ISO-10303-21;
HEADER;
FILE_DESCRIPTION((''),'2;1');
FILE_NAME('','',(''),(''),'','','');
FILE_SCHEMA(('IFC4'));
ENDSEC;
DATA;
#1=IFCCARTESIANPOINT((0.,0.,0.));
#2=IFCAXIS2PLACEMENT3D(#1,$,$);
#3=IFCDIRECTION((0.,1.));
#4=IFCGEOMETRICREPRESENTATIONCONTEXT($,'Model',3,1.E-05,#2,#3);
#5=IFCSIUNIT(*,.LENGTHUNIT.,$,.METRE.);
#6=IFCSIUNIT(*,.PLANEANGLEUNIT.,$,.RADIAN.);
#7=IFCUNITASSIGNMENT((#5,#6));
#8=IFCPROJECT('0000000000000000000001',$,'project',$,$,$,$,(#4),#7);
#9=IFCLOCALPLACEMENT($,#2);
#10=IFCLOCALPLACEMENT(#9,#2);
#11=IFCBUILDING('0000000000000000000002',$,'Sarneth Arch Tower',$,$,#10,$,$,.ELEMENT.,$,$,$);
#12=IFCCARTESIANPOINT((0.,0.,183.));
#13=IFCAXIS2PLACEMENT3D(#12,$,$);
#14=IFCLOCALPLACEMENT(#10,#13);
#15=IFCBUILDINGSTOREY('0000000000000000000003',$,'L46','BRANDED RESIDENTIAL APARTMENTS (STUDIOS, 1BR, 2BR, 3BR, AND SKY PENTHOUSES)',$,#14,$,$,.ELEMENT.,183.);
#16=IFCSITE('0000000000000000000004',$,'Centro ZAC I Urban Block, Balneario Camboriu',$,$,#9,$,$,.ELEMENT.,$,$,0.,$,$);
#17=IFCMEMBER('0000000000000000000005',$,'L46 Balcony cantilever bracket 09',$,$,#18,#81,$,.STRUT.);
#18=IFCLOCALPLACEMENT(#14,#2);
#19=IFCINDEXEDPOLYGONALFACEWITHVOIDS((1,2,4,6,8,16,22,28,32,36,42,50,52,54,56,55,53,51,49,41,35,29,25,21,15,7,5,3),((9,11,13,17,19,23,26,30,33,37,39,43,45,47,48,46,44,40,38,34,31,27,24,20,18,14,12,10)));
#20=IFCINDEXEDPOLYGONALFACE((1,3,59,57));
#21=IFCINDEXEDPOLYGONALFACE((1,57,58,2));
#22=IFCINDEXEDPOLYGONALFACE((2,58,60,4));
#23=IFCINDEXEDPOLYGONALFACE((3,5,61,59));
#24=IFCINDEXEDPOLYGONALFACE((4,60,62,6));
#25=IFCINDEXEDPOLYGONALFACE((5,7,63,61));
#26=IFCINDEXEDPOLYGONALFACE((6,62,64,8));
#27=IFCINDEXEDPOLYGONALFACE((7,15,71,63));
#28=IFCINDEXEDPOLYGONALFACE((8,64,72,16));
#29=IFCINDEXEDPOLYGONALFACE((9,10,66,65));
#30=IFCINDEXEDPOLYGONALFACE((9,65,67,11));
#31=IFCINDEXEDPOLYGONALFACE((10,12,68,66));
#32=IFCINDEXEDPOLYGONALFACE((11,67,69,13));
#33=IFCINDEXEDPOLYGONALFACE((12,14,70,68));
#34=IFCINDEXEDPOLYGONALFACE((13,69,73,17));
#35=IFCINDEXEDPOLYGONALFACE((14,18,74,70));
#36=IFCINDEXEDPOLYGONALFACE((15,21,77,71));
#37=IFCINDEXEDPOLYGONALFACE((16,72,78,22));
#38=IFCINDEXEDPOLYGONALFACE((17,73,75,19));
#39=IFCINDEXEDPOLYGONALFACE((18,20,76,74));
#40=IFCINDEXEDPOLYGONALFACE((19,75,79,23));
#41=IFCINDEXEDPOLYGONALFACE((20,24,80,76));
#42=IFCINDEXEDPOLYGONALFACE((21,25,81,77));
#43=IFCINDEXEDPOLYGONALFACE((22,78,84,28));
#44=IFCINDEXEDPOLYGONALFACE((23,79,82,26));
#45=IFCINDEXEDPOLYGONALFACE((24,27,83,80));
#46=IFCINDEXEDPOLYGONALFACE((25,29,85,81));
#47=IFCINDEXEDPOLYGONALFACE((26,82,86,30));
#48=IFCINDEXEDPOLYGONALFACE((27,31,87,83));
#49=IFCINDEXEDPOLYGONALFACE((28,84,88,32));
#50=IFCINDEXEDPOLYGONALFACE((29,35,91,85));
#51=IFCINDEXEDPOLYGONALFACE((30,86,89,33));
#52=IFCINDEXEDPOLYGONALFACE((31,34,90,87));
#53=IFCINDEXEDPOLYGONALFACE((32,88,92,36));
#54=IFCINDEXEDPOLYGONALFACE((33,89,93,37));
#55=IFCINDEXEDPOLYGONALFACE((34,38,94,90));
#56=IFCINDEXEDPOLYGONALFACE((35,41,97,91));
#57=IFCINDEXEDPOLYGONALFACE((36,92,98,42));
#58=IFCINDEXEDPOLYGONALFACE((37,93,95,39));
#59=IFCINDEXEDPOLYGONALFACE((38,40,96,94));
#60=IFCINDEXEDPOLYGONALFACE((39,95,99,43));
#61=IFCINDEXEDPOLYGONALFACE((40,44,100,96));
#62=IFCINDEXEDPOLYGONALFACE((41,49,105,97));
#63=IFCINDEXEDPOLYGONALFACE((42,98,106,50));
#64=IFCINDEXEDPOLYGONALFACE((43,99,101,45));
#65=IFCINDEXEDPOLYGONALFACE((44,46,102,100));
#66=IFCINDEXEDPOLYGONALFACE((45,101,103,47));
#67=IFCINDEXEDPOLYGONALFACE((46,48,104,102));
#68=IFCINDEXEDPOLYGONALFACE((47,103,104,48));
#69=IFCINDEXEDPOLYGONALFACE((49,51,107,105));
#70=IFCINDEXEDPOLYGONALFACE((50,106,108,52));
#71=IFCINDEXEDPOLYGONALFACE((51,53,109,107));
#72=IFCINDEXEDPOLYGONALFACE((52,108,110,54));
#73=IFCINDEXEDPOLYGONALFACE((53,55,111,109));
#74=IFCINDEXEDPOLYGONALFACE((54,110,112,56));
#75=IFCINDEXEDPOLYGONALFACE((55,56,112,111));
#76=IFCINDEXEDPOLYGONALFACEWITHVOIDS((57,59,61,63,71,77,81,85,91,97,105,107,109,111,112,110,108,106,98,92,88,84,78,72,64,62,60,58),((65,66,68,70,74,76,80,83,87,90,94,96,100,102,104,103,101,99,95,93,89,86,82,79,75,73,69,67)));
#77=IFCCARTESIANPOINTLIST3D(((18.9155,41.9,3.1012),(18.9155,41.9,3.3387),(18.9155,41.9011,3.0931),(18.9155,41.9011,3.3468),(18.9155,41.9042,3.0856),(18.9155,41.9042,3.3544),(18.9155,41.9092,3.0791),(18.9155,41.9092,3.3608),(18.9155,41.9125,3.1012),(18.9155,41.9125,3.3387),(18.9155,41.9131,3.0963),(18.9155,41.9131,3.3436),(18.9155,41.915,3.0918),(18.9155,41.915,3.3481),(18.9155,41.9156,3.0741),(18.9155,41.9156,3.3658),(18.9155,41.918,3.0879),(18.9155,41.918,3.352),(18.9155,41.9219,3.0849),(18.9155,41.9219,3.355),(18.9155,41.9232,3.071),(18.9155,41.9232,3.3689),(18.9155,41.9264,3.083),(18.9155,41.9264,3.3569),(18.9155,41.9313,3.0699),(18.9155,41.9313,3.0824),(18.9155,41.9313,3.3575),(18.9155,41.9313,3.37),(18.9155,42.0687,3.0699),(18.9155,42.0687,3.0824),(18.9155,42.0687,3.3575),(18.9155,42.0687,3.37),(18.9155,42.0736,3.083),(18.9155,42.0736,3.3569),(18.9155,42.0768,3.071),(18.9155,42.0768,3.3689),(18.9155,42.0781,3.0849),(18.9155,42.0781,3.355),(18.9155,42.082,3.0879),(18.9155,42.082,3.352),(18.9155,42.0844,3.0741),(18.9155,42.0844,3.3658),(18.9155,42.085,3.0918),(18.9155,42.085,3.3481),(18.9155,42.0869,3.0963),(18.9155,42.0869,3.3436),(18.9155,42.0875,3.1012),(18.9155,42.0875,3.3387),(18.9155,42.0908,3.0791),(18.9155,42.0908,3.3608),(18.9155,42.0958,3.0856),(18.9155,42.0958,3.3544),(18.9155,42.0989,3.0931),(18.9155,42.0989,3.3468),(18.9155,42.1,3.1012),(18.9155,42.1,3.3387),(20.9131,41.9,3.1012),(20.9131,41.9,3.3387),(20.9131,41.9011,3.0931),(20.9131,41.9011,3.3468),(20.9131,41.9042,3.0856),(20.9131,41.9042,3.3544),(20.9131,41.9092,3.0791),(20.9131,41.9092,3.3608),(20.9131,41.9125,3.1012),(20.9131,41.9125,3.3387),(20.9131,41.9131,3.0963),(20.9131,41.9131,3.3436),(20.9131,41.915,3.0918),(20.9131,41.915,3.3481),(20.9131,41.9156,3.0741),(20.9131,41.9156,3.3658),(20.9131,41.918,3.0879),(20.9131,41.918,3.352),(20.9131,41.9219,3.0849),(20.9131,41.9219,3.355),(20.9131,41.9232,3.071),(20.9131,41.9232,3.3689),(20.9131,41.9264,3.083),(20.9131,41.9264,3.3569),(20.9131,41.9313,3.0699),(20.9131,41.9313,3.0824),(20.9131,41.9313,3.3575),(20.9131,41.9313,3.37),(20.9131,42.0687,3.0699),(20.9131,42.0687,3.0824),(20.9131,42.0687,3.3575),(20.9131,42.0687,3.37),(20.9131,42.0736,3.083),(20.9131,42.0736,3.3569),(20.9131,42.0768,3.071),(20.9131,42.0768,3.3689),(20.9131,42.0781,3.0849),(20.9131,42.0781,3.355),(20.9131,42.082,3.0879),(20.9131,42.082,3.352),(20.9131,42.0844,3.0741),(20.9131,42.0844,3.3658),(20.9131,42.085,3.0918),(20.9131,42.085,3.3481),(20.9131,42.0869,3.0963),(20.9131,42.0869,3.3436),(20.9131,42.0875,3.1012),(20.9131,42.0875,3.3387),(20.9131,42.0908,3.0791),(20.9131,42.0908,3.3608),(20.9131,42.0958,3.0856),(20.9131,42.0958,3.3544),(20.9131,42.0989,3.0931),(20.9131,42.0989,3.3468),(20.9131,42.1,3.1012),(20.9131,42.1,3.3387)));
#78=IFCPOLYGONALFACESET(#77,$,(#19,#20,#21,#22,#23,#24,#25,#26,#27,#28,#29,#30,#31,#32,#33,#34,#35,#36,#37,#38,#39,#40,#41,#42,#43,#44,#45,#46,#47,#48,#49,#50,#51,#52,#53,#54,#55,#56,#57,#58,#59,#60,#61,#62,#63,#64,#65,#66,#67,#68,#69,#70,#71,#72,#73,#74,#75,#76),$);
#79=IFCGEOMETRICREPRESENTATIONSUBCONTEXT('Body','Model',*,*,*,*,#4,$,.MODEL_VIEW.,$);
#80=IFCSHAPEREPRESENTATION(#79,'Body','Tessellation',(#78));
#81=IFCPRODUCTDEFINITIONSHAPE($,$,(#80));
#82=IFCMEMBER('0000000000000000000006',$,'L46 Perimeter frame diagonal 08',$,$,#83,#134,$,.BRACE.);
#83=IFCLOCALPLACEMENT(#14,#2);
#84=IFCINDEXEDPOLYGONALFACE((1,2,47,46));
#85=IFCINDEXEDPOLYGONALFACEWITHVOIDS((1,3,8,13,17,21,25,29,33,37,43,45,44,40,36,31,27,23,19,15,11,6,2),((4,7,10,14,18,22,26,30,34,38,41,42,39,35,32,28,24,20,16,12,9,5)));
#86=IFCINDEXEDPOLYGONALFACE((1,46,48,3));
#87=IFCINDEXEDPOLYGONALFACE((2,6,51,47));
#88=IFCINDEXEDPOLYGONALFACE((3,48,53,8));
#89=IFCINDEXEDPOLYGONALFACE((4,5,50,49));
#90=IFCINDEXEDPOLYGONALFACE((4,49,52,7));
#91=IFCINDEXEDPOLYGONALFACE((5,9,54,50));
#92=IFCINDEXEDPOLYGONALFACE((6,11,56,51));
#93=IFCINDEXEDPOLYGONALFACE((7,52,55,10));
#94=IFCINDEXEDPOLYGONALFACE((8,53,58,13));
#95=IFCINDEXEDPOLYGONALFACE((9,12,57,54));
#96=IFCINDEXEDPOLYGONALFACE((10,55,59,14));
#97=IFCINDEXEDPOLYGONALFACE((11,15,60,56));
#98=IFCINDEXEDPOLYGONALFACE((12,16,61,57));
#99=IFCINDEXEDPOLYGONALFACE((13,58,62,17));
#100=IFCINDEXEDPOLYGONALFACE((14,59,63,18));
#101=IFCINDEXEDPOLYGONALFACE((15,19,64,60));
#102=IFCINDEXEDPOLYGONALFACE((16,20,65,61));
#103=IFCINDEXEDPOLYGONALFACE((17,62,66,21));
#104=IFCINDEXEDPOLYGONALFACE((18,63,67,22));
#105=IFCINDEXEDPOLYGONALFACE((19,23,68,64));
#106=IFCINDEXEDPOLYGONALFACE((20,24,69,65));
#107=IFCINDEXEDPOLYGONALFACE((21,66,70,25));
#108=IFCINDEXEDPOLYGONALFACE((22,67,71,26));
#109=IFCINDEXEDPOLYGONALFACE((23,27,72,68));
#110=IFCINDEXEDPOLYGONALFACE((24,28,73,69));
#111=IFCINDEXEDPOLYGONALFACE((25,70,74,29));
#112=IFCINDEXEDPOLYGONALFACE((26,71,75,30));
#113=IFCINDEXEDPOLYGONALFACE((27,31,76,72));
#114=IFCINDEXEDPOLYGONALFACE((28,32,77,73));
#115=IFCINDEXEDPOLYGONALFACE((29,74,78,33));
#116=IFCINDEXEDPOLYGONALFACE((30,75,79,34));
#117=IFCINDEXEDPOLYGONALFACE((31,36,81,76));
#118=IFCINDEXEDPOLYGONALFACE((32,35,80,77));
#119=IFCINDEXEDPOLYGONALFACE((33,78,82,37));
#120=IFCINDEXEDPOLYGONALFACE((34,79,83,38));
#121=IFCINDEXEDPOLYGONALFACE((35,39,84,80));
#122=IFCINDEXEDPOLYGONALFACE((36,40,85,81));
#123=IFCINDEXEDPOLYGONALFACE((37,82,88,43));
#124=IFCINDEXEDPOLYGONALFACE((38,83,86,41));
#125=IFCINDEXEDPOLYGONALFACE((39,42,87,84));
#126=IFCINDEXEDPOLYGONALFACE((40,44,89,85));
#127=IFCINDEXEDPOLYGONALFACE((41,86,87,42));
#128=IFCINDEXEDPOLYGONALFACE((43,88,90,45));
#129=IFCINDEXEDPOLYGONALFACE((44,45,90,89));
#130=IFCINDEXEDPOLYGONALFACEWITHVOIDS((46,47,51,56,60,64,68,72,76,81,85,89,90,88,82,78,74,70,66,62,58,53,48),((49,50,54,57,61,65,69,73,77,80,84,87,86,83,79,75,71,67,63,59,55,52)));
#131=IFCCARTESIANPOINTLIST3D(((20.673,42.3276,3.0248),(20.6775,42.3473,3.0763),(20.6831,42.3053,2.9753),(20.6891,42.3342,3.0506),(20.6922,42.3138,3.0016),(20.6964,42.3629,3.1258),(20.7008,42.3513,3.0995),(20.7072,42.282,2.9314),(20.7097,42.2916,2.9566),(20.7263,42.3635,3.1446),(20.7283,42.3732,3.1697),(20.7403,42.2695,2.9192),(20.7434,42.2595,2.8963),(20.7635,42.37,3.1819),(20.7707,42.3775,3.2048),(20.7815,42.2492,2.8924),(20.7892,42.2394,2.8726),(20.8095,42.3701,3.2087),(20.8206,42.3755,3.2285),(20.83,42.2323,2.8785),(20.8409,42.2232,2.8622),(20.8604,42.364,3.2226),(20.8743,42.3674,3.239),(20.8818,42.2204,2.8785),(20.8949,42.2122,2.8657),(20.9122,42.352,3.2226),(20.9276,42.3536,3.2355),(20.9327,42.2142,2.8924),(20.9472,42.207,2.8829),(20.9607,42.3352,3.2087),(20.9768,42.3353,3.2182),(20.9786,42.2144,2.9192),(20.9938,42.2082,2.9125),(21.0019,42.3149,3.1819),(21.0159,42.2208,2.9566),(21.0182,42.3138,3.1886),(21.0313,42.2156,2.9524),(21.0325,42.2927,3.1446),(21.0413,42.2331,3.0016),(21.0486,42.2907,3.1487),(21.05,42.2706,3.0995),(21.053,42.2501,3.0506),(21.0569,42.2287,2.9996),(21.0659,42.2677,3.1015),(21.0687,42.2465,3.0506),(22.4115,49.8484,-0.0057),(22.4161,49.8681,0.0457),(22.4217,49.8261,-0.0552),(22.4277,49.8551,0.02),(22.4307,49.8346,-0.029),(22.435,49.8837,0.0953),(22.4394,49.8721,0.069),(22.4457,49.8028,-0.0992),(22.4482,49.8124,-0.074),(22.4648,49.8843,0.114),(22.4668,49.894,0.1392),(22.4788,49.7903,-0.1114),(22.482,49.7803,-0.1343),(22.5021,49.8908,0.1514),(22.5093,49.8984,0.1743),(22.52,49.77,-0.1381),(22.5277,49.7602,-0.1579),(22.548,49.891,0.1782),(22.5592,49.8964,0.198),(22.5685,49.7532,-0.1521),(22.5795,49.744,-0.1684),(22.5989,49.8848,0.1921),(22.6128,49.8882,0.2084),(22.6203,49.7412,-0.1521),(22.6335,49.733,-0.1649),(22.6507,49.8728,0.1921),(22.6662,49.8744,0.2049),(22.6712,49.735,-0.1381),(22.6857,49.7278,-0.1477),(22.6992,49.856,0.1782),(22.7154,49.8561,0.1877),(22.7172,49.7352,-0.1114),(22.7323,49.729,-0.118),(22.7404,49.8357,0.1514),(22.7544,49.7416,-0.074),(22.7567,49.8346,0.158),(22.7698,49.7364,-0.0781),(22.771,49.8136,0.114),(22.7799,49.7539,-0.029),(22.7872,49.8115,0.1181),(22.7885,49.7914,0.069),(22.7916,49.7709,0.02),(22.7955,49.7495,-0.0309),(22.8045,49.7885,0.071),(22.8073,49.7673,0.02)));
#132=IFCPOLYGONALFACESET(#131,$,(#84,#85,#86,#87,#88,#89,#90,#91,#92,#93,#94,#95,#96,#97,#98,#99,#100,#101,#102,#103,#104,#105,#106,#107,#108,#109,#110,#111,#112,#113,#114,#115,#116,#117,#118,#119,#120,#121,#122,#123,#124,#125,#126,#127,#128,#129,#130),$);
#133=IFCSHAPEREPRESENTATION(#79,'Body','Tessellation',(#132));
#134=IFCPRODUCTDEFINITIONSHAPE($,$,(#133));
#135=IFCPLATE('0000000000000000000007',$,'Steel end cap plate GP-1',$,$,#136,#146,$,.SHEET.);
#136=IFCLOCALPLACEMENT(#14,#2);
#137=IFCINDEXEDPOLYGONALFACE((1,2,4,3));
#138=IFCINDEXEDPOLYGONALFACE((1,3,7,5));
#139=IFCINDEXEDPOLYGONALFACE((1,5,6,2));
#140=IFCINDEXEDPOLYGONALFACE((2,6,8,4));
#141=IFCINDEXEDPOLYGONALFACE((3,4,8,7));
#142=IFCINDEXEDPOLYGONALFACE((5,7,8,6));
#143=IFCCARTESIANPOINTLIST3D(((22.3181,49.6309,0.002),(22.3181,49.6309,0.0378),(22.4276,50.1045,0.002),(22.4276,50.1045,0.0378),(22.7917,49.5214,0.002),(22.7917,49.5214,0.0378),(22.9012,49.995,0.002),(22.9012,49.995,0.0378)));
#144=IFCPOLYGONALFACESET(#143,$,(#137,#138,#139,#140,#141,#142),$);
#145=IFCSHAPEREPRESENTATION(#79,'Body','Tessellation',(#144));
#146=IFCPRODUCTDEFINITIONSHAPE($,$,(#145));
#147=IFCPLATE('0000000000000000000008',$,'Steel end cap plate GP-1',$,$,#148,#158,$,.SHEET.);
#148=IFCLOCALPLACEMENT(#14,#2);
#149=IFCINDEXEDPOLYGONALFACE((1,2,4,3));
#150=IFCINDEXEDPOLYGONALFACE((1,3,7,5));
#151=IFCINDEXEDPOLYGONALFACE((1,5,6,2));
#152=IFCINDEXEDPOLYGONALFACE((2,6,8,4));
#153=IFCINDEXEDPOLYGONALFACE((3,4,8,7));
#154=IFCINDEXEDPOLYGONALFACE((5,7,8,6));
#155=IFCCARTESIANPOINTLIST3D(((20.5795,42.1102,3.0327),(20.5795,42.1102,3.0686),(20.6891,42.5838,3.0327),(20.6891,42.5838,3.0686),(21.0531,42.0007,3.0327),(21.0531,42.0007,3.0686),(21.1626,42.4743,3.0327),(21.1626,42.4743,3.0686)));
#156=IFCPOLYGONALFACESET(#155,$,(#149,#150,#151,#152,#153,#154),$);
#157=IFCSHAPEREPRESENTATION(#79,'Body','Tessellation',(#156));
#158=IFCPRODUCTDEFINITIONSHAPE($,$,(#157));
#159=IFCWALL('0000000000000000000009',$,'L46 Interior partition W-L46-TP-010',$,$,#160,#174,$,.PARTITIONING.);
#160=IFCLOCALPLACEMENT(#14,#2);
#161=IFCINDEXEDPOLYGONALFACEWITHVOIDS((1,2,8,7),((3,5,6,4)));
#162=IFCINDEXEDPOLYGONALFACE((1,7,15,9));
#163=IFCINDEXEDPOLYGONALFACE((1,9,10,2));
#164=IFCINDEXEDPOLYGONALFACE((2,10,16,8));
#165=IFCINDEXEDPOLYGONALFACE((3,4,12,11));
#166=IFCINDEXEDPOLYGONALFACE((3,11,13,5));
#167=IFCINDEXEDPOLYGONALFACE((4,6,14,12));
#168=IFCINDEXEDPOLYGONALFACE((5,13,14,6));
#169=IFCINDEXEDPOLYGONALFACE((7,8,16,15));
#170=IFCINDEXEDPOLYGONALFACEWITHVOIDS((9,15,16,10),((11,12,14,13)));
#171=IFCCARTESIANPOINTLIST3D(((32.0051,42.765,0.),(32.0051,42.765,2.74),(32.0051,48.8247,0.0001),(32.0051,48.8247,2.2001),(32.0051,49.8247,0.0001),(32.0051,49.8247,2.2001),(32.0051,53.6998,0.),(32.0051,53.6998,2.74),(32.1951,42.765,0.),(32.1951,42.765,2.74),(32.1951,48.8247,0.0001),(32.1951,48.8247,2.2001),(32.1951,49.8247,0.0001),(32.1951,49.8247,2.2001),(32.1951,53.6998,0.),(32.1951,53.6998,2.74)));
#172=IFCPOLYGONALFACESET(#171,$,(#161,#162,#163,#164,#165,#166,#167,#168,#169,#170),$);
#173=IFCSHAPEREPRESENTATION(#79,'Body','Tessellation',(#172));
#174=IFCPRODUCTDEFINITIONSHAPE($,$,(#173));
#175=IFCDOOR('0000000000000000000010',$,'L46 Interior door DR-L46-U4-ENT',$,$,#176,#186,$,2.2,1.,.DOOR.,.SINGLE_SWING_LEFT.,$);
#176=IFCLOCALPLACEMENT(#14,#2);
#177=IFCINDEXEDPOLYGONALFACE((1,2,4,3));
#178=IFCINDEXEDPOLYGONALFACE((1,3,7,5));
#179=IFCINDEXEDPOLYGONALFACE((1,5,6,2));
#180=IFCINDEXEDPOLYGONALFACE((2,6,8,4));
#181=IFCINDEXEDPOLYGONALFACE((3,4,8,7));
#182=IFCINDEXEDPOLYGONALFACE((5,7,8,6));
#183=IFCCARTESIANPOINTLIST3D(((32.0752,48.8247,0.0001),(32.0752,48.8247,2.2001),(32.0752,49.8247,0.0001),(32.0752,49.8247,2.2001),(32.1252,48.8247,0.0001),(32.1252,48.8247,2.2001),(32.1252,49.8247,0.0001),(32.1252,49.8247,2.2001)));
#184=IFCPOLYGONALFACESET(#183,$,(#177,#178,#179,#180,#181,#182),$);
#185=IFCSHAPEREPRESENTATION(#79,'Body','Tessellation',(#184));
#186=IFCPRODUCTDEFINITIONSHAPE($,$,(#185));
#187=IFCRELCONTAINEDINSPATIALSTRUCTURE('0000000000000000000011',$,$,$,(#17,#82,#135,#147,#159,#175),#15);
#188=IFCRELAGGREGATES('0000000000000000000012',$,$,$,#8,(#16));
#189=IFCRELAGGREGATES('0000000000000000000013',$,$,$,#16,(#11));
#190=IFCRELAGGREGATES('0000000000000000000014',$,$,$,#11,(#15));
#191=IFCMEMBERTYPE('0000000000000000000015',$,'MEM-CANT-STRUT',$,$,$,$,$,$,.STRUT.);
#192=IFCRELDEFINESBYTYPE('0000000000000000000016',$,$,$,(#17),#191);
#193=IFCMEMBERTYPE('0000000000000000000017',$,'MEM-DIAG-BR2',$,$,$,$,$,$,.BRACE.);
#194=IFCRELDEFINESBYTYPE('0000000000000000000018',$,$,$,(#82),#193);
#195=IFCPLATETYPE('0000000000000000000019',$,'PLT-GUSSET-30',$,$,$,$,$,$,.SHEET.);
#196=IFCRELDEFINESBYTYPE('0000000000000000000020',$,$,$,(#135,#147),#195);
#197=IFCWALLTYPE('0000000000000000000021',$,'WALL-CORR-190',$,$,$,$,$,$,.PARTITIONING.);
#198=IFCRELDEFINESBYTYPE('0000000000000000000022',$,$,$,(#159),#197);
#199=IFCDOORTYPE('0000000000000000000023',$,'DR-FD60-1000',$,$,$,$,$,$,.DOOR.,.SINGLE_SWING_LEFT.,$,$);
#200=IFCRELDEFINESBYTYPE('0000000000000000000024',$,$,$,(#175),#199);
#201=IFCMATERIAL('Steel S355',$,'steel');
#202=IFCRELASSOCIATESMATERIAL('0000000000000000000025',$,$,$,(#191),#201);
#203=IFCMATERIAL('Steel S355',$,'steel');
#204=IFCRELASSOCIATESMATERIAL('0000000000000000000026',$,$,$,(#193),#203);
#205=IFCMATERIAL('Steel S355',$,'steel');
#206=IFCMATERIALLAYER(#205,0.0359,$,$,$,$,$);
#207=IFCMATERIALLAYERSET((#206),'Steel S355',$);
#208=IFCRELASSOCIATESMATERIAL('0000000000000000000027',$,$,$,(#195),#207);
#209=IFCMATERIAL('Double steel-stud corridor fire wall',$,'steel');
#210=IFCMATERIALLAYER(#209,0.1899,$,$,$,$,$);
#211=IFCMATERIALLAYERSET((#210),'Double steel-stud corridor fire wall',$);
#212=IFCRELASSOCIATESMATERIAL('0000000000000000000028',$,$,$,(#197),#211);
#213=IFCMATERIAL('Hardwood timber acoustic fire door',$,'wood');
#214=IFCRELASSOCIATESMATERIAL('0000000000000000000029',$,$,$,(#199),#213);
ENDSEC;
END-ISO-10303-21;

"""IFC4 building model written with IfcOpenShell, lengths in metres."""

from ifc_helpers import new_model, si_unit, direction, frame, frame_2d, origin, origin_2d, place, context, subcontext, project, spatial, rectangle, hollow_rectangle, hollow_circle, extrude, material, layer, layer_set, material_profile, profile_set, type_object, element, fill, save


model = new_model("IFC4")

# Units and contexts
model_context = context("Model", 3, precision=1e-05, world=origin(), true_north=direction((0.0, 1.0)))
body_context = subcontext(model_context, "Body", "Model", "MODEL_VIEW")
ifc_project = project(units=[si_unit("LENGTHUNIT", "METRE"), si_unit("PLANEANGLEUNIT", "RADIAN")], contexts=[model_context])

# Site, building, storey
site_placement = place(None, origin())
site = spatial("IfcSite", under=ifc_project, at=site_placement, Name="Centro ZAC I Urban Block, Balneario Camboriu", CompositionType="ELEMENT", RefElevation=0.0)
building_placement = place(site_placement, origin())
building = spatial("IfcBuilding", under=site, at=building_placement, Name="Sarneth Arch Tower", CompositionType="ELEMENT")
storey_placement = place(building_placement, frame((0.0, 0.0, 183.0)))
storey = spatial("IfcBuildingStorey", under=building, at=storey_placement, Name="L46", Description="BRANDED RESIDENTIAL APARTMENTS (STUDIOS, 1BR, 2BR, 3BR, AND SKY PENTHOUSES)", CompositionType="ELEMENT", Elevation=183.0)

# Members
ifc_material_1 = material(Name="Steel S355", Category="steel")
ifc_material_profile_1 = material_profile(ifc_material_1, hollow_rectangle(XDim=0.2, YDim=0.3, WallThickness=0.0125, InnerFilletRadius=0.0188, OuterFilletRadius=0.0312, at=origin_2d()), Name="RHS300x200x12.5")
ifc_profile_set_1 = profile_set([ifc_material_profile_1], Name="Steel S355")
member_type_1 = type_object("IfcMemberType", Name="MEM-CANT-STRUT", PredefinedType="STRUT", material=ifc_profile_set_1)
member_1_placement = place(storey_placement, frame((20.9131, 42.0, 3.22), z_axis=(-1.0, 0.0, 0.0), x_axis=(0.0, -1.0, 0.0)))
element("IfcMember", 1, at=member_1_placement, inside=storey, type_object=member_type_1, Name="L46 Balcony cantilever bracket 09", PredefinedType="STRUT", context=body_context, shape_type="SweptSolid", body=[
    extrude(hollow_rectangle(XDim=0.2, YDim=0.3, WallThickness=0.0125, InnerFilletRadius=0.0188, OuterFilletRadius=0.0312, at=origin_2d()), origin(), (0.0, 0.0, 1.0), 1.9976),
])
ifc_material_2 = material(Name="Steel S355", Category="steel")
ifc_material_profile_2 = material_profile(ifc_material_2, hollow_circle(Radius=0.2029, WallThickness=0.0161, at=origin_2d()), Name="CHS406x16")
ifc_profile_set_2 = profile_set([ifc_material_profile_2], Name="Steel S355")
member_type_2 = type_object("IfcMemberType", Name="MEM-DIAG-BR2", PredefinedType="BRACE", material=ifc_profile_set_2)
member_2_placement = place(storey_placement, frame((22.6096, 49.813, 0.02), z_axis=(-0.209646, -0.906917, 0.365446), x_axis=(0.974307, -0.225224, 0.0)))
element("IfcMember", 2, at=member_2_placement, inside=storey, type_object=member_type_2, Name="L46 Perimeter frame diagonal 08", PredefinedType="BRACE", context=body_context, shape_type="SweptSolid", body=[
    extrude(hollow_circle(Radius=0.2029, WallThickness=0.0161, at=origin_2d()), origin(), (0.0, 0.0, 1.0), 8.2927),
])

# Plates
ifc_material_3 = material(Name="Steel S355", Category="steel")
ifc_layer_1 = layer(ifc_material_3, 0.0359)
ifc_layer_set_1 = layer_set([ifc_layer_1], Name="Steel S355")
plate_type = type_object("IfcPlateType", Name="PLT-GUSSET-30", PredefinedType="SHEET", material=ifc_layer_set_1)
for number, where, z_axis, x_axis, name in (
    (3, (22.6096, 49.813, 0.002), (0.0, 0.0, 1.0), (-0.225291, -0.974291, 0.0), "Steel end cap plate GP-1"),
    (4, (20.8711, 42.2922, 3.0327), (0.0, 0.0, 1.0), (-0.225291, -0.974291, 0.0), "Steel end cap plate GP-1"),
):
    element("IfcPlate", number, at=place(storey_placement, frame(where, z_axis=z_axis, x_axis=x_axis)), inside=storey, type_object=plate_type, Name=name, PredefinedType="SHEET", context=body_context, shape_type="SweptSolid", body=[
        extrude(rectangle(XDim=0.4861, YDim=0.4861, at=origin_2d()), origin(), (0.0, 0.0, 1.0), 0.0359),
    ])

# Wall, opening, door
ifc_material_4 = material(Name="Double steel-stud corridor fire wall", Category="steel")
ifc_layer_2 = layer(ifc_material_4, 0.1899)
ifc_layer_set_2 = layer_set([ifc_layer_2], Name="Double steel-stud corridor fire wall")
wall_type_1 = type_object("IfcWallType", Name="WALL-CORR-190", PredefinedType="PARTITIONING", material=ifc_layer_set_2)
wall_1_placement = place(storey_placement, frame((32.1001, 42.7651, 0.0), z_axis=(0.0, 0.0, 1.0), x_axis=(0.0, 1.0, 0.0)))
wall_1 = element("IfcWall", 5, at=wall_1_placement, inside=storey, type_object=wall_type_1, Name="L46 Interior partition W-L46-TP-010", PredefinedType="PARTITIONING", context=body_context, shape_type="SweptSolid", body=[
    extrude(rectangle(XDim=10.9348, YDim=0.1899, at=frame_2d((5.4673, 0.0))), origin(), (0.0, 0.0, 1.0), 2.74),
])
opening_1_placement = place(wall_1_placement, frame((6.0596, 0.0, 0.0)))
opening_1 = element("IfcOpeningElement", 6, at=opening_1_placement, cuts=wall_1, PredefinedType="OPENING", context=body_context, shape_type="SweptSolid", body=[
    extrude(rectangle(XDim=1.0, YDim=2.2, at=frame_2d((0.5, 1.1001))), frame((0.0, 0.105, 0.0), z_axis=(0.0, -1.0, 0.0), x_axis=(1.0, 0.0, 0.0)), (0.0, 0.0, 1.0), 0.21),
])
ifc_material_5 = material(Name="Hardwood timber acoustic fire door", Category="wood")
door_type_1 = type_object("IfcDoorType", Name="DR-FD60-1000", OperationType="SINGLE_SWING_LEFT", PredefinedType="DOOR", material=ifc_material_5)
door_1_placement = place(opening_1_placement, origin())
door_1 = element("IfcDoor", 7, at=door_1_placement, inside=storey, type_object=door_type_1, Name="L46 Interior door DR-L46-U4-ENT", OperationType="SINGLE_SWING_LEFT", OverallHeight=2.2, OverallWidth=1.0, PredefinedType="DOOR", context=body_context, shape_type="SweptSolid", body=[
    extrude(rectangle(XDim=1.0, YDim=2.2, at=frame_2d((0.5, 1.1001))), frame((0.0, 0.0249, 0.0), z_axis=(0.0, -1.0, 0.0), x_axis=(1.0, 0.0, 0.0)), (0.0, 0.0, 1.0), 0.05),
])
fill(opening_1, door_1)

save(model, "model.ifc")
